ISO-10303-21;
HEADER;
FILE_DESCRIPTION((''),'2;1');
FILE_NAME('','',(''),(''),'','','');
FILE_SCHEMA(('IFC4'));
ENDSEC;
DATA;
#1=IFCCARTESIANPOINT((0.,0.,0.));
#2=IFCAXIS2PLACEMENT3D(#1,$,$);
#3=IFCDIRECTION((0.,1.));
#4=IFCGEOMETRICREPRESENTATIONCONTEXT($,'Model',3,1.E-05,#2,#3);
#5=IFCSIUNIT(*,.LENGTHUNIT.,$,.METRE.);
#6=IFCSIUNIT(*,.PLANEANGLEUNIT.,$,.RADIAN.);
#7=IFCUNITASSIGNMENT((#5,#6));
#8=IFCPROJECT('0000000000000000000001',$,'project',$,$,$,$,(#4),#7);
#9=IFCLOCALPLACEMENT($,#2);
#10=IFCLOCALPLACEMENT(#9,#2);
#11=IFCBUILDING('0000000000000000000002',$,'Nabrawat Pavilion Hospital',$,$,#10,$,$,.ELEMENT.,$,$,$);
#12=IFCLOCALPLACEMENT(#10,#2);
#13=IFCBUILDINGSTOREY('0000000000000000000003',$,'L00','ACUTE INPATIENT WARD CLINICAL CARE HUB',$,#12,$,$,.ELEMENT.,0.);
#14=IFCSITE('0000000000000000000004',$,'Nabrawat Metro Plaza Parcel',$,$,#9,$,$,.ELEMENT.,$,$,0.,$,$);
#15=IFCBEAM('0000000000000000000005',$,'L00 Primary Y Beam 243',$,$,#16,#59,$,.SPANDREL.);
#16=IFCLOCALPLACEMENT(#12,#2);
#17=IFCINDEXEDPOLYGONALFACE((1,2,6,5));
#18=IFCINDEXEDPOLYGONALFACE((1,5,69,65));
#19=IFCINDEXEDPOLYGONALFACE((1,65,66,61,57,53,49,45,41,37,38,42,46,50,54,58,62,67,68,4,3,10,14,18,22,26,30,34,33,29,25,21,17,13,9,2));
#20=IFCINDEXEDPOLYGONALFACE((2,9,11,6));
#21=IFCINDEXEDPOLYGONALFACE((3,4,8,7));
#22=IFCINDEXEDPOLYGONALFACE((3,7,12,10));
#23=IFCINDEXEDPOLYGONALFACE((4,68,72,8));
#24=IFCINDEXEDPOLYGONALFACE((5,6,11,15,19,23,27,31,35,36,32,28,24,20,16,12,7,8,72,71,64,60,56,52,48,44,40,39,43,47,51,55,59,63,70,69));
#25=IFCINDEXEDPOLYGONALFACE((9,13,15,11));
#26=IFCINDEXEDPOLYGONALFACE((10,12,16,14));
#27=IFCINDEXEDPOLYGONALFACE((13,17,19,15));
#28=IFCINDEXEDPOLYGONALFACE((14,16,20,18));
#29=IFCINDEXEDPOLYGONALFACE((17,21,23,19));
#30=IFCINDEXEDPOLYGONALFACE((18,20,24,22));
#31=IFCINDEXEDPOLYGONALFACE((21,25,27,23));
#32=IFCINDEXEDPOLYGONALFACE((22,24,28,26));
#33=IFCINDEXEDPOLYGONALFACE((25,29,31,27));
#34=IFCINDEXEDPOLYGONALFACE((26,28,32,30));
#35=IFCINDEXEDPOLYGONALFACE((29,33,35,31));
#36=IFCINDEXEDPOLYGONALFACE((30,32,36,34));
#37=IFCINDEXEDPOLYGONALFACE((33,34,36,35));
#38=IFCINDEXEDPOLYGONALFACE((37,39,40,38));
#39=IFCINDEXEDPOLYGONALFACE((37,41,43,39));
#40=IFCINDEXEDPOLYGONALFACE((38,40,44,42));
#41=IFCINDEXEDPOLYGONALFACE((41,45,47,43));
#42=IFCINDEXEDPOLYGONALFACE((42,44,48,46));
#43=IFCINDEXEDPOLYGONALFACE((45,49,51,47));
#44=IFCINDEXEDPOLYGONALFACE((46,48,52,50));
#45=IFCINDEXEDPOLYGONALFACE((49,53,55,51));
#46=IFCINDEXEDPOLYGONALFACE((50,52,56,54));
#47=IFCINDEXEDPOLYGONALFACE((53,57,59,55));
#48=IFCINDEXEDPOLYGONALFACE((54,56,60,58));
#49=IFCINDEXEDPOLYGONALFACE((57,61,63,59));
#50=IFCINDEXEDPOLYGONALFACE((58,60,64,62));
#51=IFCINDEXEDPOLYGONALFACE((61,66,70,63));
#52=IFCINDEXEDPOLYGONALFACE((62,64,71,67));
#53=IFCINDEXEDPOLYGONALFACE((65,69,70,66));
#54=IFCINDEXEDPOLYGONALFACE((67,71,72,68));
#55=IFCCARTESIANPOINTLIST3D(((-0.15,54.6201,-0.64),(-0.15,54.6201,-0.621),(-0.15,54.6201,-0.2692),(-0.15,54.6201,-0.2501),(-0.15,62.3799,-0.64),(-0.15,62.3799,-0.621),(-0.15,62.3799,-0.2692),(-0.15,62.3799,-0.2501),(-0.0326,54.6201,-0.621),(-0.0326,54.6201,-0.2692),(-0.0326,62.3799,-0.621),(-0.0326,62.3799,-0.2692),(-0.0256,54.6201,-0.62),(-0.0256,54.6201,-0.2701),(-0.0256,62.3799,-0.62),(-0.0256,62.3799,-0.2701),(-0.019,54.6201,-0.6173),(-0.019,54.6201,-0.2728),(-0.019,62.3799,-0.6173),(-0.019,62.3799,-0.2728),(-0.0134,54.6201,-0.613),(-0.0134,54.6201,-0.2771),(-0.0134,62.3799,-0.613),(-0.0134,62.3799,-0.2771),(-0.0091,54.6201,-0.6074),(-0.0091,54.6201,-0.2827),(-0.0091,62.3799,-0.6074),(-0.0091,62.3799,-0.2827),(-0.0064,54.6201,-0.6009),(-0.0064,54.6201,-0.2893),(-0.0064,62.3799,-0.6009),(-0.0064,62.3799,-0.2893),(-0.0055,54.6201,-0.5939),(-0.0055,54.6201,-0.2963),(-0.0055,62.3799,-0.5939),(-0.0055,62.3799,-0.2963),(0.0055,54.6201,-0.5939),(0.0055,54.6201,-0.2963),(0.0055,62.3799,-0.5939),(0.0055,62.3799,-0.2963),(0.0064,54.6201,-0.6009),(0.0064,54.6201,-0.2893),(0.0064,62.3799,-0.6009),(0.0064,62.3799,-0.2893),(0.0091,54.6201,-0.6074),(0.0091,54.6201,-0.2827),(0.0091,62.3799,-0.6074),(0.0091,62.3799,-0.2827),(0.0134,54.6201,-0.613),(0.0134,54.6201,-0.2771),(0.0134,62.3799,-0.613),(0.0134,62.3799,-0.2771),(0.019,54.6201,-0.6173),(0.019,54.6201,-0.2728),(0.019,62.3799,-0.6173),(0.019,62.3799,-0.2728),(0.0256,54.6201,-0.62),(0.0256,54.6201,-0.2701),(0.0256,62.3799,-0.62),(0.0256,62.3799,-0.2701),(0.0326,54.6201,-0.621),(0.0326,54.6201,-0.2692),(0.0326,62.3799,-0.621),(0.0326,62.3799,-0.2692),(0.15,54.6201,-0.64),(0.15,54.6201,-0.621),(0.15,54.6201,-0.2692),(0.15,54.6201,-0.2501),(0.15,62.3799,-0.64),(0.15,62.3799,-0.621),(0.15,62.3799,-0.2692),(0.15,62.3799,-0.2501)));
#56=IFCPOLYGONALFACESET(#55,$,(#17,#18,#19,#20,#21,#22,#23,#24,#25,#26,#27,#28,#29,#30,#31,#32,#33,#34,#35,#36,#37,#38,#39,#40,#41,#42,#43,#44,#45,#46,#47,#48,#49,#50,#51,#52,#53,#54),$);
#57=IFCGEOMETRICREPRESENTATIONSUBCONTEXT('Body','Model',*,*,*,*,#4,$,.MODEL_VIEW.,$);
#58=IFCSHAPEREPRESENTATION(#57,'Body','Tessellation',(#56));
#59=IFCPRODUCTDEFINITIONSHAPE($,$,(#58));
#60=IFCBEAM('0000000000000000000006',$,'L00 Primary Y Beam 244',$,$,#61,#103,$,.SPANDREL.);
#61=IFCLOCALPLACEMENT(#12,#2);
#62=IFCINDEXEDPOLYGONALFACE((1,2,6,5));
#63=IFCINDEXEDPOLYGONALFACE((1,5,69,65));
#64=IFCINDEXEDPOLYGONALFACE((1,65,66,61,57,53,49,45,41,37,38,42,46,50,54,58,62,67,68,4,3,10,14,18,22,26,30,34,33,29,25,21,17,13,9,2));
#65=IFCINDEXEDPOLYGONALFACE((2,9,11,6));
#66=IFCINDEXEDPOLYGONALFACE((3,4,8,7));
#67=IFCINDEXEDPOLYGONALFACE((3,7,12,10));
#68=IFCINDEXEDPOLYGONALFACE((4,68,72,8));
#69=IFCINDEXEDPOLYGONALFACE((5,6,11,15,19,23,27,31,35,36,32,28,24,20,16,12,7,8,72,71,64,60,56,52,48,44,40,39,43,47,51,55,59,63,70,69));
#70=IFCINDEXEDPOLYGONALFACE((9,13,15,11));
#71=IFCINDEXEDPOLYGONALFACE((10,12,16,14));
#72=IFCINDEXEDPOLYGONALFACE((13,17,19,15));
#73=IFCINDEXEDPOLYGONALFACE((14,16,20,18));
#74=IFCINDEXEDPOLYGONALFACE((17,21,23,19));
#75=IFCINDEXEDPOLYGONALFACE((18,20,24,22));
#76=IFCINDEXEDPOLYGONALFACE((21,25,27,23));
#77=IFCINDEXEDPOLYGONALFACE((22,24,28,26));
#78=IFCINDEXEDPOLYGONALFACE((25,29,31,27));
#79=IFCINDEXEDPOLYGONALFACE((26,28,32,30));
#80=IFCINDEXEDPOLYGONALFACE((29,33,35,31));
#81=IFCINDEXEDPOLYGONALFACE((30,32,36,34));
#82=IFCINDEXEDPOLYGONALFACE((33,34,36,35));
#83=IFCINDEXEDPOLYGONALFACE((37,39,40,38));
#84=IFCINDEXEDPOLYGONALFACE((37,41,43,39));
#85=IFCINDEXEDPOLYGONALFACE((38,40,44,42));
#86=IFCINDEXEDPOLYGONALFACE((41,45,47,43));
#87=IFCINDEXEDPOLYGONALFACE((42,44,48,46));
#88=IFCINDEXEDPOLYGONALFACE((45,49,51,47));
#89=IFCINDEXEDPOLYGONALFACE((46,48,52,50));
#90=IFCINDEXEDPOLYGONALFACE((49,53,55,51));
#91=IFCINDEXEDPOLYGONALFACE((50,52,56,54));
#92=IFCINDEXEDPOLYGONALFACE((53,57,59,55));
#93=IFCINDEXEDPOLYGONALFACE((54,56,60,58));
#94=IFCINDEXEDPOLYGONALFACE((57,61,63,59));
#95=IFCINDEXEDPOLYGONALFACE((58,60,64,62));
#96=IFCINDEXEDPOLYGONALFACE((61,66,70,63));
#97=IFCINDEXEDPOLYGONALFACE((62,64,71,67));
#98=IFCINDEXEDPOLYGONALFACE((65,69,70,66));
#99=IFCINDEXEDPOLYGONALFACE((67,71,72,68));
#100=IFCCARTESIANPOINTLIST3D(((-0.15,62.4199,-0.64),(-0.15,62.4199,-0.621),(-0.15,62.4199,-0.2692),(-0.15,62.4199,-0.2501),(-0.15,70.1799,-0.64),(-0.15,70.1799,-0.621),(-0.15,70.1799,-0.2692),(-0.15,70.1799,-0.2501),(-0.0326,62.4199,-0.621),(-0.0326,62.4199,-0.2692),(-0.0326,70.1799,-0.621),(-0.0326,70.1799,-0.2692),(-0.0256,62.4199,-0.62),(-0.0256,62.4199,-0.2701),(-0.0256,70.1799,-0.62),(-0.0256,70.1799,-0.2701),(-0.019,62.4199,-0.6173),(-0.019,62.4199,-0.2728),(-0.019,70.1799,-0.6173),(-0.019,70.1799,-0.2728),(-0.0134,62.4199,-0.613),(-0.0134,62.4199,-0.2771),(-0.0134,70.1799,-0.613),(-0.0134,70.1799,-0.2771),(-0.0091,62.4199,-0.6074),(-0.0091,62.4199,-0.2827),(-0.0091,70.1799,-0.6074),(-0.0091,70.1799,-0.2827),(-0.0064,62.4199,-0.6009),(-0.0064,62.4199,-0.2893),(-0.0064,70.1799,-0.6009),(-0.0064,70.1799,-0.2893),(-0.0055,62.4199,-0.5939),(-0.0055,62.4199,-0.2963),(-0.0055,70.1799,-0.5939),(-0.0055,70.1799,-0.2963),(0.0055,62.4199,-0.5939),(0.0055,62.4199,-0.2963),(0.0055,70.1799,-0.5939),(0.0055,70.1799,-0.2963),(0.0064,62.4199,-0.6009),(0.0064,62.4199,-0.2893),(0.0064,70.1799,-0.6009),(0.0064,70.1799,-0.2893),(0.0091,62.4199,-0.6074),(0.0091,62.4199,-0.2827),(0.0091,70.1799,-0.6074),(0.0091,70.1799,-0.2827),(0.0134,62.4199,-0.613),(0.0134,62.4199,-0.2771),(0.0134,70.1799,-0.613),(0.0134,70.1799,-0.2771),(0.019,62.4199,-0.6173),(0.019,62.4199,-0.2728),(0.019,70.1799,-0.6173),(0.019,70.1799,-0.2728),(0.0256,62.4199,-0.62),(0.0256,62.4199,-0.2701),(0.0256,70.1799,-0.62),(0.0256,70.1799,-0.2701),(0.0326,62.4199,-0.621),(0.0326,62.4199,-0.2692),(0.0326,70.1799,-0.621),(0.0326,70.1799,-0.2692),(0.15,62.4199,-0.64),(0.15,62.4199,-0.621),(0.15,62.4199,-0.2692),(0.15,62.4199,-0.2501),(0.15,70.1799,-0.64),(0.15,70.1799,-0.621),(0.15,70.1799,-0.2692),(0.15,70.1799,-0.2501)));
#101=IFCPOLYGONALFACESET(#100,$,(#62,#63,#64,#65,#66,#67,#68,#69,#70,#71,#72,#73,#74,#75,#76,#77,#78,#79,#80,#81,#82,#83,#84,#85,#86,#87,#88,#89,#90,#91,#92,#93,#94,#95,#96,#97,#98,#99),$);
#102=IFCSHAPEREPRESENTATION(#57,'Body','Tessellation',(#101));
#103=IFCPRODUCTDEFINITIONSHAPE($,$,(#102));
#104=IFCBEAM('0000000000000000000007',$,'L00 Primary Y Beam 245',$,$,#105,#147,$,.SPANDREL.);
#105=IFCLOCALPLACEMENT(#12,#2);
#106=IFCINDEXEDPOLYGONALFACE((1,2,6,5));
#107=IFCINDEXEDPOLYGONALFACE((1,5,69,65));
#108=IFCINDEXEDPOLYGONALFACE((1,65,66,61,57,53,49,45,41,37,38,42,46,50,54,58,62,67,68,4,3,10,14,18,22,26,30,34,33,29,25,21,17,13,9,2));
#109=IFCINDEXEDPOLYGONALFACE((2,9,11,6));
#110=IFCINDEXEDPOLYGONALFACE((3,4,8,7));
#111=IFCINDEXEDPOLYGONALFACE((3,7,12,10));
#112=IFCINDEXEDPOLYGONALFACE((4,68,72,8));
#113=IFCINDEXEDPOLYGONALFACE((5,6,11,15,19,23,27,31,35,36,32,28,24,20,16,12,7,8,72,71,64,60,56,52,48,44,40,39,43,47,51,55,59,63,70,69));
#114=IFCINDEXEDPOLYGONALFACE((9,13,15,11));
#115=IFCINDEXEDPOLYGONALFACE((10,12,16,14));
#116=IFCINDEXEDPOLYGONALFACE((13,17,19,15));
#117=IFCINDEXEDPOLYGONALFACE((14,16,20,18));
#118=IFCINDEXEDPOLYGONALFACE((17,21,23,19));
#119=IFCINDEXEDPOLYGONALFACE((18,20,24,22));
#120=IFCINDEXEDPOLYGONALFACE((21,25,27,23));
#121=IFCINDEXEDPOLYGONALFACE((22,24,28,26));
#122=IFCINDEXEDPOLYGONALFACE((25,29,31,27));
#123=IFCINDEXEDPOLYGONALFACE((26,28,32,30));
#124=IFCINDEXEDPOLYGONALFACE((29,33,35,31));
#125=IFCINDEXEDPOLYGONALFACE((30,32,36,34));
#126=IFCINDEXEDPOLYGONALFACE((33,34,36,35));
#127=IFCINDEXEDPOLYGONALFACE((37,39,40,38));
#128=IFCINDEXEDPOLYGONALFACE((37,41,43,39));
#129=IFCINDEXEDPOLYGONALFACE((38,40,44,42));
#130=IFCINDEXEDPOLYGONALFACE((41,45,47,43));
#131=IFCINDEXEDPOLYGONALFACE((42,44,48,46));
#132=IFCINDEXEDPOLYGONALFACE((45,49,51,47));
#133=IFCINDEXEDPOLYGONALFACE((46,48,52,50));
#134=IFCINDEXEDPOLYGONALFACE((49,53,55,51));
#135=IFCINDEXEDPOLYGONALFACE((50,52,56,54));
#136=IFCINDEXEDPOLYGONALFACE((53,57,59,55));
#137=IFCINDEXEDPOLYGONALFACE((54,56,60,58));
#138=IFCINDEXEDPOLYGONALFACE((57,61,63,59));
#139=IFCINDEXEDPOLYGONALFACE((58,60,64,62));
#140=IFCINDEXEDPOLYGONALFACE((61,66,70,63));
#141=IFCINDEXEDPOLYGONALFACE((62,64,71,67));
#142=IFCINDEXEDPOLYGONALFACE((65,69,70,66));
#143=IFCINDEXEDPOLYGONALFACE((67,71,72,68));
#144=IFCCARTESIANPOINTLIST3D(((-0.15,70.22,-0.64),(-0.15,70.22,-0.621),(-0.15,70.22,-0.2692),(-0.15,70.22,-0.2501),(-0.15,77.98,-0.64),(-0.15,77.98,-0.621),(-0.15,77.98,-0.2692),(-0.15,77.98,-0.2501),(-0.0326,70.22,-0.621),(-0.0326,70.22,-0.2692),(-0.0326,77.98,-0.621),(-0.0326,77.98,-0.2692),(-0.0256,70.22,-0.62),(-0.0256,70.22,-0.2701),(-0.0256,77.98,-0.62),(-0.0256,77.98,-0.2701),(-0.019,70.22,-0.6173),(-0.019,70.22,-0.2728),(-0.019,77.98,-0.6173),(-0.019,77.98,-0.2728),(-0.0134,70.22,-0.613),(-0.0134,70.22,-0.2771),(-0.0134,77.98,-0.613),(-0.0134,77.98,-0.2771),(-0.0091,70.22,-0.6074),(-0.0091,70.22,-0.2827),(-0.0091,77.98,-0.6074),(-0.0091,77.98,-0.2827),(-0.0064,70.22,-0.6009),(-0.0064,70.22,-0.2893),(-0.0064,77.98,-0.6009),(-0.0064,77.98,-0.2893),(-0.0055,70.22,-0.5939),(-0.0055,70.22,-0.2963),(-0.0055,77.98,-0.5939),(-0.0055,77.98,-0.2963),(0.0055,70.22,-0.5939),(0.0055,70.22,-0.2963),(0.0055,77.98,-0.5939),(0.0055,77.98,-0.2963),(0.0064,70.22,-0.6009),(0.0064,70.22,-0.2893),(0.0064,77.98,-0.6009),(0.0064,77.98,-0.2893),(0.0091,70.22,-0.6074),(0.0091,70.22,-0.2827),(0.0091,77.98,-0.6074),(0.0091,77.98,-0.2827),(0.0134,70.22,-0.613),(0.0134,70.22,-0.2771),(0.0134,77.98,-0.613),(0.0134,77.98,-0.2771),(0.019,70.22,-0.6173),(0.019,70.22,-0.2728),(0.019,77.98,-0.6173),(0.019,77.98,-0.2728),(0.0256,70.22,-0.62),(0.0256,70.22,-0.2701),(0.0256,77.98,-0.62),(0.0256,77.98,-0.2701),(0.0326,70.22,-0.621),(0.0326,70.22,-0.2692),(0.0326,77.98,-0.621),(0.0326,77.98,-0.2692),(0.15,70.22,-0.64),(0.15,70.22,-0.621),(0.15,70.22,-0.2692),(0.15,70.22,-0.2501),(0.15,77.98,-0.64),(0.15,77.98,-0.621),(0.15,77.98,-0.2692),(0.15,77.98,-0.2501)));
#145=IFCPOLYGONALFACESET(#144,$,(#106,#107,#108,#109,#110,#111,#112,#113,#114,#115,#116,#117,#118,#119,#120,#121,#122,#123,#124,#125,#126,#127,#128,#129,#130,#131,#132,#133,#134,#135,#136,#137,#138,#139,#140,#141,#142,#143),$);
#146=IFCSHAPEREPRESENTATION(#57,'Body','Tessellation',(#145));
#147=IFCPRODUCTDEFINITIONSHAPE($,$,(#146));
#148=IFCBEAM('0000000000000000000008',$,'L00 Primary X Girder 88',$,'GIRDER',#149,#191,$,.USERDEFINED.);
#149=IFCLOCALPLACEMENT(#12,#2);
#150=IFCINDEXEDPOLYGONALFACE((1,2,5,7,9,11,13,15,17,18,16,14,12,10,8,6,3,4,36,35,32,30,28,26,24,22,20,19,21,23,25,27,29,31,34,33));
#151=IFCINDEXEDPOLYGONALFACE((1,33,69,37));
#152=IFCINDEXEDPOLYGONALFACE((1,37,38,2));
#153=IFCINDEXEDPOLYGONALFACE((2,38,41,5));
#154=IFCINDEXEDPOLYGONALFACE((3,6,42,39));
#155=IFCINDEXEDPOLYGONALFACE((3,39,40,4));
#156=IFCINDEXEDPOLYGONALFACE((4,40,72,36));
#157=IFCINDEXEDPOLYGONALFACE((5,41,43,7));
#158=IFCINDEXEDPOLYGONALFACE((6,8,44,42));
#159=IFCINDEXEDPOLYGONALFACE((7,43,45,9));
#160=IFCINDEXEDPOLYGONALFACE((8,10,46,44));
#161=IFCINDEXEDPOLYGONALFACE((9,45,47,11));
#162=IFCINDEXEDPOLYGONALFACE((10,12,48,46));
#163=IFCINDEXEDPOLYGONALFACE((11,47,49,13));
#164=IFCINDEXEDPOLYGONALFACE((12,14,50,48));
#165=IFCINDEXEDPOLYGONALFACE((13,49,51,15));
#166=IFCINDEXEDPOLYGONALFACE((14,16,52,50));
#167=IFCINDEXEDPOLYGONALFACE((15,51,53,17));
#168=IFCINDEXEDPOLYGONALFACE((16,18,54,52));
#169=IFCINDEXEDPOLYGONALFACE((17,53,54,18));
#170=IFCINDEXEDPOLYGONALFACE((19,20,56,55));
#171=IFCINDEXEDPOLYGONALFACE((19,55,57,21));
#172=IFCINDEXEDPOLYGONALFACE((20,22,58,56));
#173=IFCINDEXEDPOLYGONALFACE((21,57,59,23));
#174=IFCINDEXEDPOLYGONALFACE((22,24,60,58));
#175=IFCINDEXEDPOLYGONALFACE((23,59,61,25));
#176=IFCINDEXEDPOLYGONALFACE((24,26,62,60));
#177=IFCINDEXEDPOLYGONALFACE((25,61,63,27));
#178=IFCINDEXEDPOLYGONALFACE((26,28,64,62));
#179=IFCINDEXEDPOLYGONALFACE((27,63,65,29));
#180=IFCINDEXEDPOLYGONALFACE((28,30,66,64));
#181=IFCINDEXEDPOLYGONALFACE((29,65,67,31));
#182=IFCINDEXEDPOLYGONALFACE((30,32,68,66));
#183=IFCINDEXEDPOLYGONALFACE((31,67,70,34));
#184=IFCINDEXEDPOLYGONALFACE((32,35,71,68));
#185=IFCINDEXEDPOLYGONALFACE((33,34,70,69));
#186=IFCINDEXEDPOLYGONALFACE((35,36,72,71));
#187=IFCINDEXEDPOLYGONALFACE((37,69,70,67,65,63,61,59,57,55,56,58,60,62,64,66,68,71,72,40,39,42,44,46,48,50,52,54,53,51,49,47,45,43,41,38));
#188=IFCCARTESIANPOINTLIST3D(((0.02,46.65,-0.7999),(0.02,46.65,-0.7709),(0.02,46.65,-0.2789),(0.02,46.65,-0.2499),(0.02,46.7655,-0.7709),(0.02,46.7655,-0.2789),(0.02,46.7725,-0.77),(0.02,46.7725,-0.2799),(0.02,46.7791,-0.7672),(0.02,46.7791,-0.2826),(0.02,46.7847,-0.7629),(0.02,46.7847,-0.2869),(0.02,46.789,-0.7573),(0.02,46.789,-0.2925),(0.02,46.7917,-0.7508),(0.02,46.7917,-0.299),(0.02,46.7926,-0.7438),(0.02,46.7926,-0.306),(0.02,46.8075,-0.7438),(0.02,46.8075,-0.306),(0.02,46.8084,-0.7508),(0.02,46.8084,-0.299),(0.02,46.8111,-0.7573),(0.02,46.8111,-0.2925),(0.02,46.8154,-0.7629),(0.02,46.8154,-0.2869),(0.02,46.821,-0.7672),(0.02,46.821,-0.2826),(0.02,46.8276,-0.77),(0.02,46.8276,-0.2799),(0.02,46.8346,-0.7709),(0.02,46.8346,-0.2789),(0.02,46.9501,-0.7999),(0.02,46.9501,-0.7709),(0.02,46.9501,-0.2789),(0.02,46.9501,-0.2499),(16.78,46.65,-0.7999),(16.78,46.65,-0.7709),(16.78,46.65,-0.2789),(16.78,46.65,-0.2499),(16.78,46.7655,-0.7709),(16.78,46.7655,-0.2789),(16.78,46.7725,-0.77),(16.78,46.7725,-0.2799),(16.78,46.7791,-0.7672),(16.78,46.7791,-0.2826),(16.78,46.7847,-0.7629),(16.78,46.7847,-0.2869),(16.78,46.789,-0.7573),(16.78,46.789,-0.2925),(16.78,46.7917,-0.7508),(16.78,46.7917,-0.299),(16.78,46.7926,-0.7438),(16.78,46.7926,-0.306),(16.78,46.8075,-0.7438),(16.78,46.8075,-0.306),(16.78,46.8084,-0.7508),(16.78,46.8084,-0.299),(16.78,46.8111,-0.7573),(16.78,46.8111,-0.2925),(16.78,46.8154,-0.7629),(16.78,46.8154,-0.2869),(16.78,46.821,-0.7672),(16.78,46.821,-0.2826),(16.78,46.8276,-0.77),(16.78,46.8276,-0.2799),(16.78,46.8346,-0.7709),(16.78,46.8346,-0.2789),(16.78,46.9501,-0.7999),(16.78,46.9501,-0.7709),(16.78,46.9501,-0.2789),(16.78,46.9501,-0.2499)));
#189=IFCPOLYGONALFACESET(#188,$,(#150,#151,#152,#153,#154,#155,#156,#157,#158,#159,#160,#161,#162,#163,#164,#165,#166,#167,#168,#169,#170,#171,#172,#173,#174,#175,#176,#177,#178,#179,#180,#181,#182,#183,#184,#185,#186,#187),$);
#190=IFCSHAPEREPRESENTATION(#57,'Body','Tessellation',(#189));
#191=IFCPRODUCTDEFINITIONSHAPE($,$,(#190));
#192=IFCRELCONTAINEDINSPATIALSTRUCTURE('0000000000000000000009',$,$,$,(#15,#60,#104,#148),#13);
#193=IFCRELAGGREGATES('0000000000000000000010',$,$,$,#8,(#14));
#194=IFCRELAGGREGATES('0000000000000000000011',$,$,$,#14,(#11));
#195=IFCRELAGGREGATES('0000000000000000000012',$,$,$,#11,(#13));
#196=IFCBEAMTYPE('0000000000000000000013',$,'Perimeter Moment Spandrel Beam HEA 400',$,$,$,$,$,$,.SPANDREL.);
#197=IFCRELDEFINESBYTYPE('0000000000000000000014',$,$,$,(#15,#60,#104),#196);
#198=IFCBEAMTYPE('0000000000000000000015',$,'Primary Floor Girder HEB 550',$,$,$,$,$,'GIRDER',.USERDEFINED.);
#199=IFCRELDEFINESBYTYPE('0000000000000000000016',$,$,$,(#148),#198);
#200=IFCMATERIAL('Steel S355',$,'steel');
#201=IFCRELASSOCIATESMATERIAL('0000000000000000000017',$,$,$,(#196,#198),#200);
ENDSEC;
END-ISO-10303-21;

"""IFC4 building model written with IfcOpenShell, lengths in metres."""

from ifc_helpers import new_model, si_unit, direction, frame, origin, origin_2d, place, context, subcontext, project, spatial, i_section, extrude, material, material_profile, profile_set, type_object, element, save


model = new_model("IFC4")

# Units and contexts
model_context = context("Model", 3, precision=1e-05, world=origin(), true_north=direction((0.0, 1.0)))
body_context = subcontext(model_context, "Body", "Model", "MODEL_VIEW")
ifc_project = project(units=[si_unit("LENGTHUNIT", "METRE"), si_unit("PLANEANGLEUNIT", "RADIAN")], contexts=[model_context])

# Site, building, storey
site_placement = place(None, origin())
site = spatial("IfcSite", under=ifc_project, at=site_placement, Name="Nabrawat Metro Plaza Parcel", CompositionType="ELEMENT", RefElevation=0.0)
building_placement = place(site_placement, origin())
building = spatial("IfcBuilding", under=site, at=building_placement, Name="Nabrawat Pavilion Hospital", CompositionType="ELEMENT")
storey_placement = place(building_placement, origin())
storey = spatial("IfcBuildingStorey", under=building, at=storey_placement, Name="L00", Description="ACUTE INPATIENT WARD CLINICAL CARE HUB", CompositionType="ELEMENT", Elevation=0.0)

# Shared definitions
ifc_material_1 = material(Name="Steel S355", Category="steel")

# Beams
ifc_material_profile_1 = material_profile(ifc_material_1, i_section(OverallWidth=0.3, OverallDepth=0.3899, WebThickness=0.011, FlangeThickness=0.019, FilletRadius=0.0271, at=origin_2d()), Name="HEA 400")
ifc_profile_set_1 = profile_set([ifc_material_profile_1], Name="Steel S355")
beam_type_1 = type_object("IfcBeamType", Name="Perimeter Moment Spandrel Beam HEA 400", PredefinedType="SPANDREL", material=ifc_profile_set_1)
beam_1_placement = place(storey_placement, frame((0.0, 54.6201, -0.4451), z_axis=(0.0, 1.0, 0.0), x_axis=(-1.0, 0.0, 0.0)))
element("IfcBeam", 1, at=beam_1_placement, inside=storey, type_object=beam_type_1, Name="L00 Primary Y Beam 243", PredefinedType="SPANDREL", context=body_context, shape_type="SweptSolid", body=[
    extrude(i_section(OverallWidth=0.3, OverallDepth=0.3899, WebThickness=0.011, FlangeThickness=0.019, FilletRadius=0.0271, at=origin_2d()), origin(), (0.0, 0.0, 1.0), 7.7598),
])
for number, where, z_axis, x_axis, name in (
    (2, (0.0, 62.4199, -0.4451), (0.0, 1.0, 0.0), (-1.0, 0.0, 0.0), "L00 Primary Y Beam 244"),
    (3, (0.0, 70.22, -0.4451), (0.0, 1.0, 0.0), (-1.0, 0.0, 0.0), "L00 Primary Y Beam 245"),
):
    element("IfcBeam", number, at=place(storey_placement, frame(where, z_axis=z_axis, x_axis=x_axis)), inside=storey, type_object=beam_type_1, Name=name, PredefinedType="SPANDREL", context=body_context, shape_type="SweptSolid", body=[
        extrude(i_section(OverallWidth=0.3, OverallDepth=0.3899, WebThickness=0.011, FlangeThickness=0.019, FilletRadius=0.0271, at=origin_2d()), origin(), (0.0, 0.0, 1.0), 7.76),
    ])
ifc_material_profile_2 = material_profile(ifc_material_1, i_section(OverallWidth=0.3, OverallDepth=0.55, WebThickness=0.0149, FlangeThickness=0.0291, FilletRadius=0.0271, at=origin_2d()), Name="HEB 550")
ifc_profile_set_2 = profile_set([ifc_material_profile_2], Name="Steel S355")
beam_type_2 = type_object("IfcBeamType", Name="Primary Floor Girder HEB 550", ElementType="GIRDER", PredefinedType="USERDEFINED", material=ifc_profile_set_2)
for number, where, z_axis, x_axis, name in (
    (4, (0.02, 46.8, -0.5249), (1.0, 0.0, 0.0), (0.0, 1.0, 0.0), "L00 Primary X Girder 88"),
):
    element("IfcBeam", number, at=place(storey_placement, frame(where, z_axis=z_axis, x_axis=x_axis)), inside=storey, type_object=beam_type_2, Name=name, ObjectType="GIRDER", PredefinedType="USERDEFINED", context=body_context, shape_type="SweptSolid", body=[
        extrude(i_section(OverallWidth=0.3, OverallDepth=0.55, WebThickness=0.0149, FlangeThickness=0.0291, FilletRadius=0.0271, at=origin_2d()), origin(), (0.0, 0.0, 1.0), 16.76),
    ])

save(model, "model.ifc")
